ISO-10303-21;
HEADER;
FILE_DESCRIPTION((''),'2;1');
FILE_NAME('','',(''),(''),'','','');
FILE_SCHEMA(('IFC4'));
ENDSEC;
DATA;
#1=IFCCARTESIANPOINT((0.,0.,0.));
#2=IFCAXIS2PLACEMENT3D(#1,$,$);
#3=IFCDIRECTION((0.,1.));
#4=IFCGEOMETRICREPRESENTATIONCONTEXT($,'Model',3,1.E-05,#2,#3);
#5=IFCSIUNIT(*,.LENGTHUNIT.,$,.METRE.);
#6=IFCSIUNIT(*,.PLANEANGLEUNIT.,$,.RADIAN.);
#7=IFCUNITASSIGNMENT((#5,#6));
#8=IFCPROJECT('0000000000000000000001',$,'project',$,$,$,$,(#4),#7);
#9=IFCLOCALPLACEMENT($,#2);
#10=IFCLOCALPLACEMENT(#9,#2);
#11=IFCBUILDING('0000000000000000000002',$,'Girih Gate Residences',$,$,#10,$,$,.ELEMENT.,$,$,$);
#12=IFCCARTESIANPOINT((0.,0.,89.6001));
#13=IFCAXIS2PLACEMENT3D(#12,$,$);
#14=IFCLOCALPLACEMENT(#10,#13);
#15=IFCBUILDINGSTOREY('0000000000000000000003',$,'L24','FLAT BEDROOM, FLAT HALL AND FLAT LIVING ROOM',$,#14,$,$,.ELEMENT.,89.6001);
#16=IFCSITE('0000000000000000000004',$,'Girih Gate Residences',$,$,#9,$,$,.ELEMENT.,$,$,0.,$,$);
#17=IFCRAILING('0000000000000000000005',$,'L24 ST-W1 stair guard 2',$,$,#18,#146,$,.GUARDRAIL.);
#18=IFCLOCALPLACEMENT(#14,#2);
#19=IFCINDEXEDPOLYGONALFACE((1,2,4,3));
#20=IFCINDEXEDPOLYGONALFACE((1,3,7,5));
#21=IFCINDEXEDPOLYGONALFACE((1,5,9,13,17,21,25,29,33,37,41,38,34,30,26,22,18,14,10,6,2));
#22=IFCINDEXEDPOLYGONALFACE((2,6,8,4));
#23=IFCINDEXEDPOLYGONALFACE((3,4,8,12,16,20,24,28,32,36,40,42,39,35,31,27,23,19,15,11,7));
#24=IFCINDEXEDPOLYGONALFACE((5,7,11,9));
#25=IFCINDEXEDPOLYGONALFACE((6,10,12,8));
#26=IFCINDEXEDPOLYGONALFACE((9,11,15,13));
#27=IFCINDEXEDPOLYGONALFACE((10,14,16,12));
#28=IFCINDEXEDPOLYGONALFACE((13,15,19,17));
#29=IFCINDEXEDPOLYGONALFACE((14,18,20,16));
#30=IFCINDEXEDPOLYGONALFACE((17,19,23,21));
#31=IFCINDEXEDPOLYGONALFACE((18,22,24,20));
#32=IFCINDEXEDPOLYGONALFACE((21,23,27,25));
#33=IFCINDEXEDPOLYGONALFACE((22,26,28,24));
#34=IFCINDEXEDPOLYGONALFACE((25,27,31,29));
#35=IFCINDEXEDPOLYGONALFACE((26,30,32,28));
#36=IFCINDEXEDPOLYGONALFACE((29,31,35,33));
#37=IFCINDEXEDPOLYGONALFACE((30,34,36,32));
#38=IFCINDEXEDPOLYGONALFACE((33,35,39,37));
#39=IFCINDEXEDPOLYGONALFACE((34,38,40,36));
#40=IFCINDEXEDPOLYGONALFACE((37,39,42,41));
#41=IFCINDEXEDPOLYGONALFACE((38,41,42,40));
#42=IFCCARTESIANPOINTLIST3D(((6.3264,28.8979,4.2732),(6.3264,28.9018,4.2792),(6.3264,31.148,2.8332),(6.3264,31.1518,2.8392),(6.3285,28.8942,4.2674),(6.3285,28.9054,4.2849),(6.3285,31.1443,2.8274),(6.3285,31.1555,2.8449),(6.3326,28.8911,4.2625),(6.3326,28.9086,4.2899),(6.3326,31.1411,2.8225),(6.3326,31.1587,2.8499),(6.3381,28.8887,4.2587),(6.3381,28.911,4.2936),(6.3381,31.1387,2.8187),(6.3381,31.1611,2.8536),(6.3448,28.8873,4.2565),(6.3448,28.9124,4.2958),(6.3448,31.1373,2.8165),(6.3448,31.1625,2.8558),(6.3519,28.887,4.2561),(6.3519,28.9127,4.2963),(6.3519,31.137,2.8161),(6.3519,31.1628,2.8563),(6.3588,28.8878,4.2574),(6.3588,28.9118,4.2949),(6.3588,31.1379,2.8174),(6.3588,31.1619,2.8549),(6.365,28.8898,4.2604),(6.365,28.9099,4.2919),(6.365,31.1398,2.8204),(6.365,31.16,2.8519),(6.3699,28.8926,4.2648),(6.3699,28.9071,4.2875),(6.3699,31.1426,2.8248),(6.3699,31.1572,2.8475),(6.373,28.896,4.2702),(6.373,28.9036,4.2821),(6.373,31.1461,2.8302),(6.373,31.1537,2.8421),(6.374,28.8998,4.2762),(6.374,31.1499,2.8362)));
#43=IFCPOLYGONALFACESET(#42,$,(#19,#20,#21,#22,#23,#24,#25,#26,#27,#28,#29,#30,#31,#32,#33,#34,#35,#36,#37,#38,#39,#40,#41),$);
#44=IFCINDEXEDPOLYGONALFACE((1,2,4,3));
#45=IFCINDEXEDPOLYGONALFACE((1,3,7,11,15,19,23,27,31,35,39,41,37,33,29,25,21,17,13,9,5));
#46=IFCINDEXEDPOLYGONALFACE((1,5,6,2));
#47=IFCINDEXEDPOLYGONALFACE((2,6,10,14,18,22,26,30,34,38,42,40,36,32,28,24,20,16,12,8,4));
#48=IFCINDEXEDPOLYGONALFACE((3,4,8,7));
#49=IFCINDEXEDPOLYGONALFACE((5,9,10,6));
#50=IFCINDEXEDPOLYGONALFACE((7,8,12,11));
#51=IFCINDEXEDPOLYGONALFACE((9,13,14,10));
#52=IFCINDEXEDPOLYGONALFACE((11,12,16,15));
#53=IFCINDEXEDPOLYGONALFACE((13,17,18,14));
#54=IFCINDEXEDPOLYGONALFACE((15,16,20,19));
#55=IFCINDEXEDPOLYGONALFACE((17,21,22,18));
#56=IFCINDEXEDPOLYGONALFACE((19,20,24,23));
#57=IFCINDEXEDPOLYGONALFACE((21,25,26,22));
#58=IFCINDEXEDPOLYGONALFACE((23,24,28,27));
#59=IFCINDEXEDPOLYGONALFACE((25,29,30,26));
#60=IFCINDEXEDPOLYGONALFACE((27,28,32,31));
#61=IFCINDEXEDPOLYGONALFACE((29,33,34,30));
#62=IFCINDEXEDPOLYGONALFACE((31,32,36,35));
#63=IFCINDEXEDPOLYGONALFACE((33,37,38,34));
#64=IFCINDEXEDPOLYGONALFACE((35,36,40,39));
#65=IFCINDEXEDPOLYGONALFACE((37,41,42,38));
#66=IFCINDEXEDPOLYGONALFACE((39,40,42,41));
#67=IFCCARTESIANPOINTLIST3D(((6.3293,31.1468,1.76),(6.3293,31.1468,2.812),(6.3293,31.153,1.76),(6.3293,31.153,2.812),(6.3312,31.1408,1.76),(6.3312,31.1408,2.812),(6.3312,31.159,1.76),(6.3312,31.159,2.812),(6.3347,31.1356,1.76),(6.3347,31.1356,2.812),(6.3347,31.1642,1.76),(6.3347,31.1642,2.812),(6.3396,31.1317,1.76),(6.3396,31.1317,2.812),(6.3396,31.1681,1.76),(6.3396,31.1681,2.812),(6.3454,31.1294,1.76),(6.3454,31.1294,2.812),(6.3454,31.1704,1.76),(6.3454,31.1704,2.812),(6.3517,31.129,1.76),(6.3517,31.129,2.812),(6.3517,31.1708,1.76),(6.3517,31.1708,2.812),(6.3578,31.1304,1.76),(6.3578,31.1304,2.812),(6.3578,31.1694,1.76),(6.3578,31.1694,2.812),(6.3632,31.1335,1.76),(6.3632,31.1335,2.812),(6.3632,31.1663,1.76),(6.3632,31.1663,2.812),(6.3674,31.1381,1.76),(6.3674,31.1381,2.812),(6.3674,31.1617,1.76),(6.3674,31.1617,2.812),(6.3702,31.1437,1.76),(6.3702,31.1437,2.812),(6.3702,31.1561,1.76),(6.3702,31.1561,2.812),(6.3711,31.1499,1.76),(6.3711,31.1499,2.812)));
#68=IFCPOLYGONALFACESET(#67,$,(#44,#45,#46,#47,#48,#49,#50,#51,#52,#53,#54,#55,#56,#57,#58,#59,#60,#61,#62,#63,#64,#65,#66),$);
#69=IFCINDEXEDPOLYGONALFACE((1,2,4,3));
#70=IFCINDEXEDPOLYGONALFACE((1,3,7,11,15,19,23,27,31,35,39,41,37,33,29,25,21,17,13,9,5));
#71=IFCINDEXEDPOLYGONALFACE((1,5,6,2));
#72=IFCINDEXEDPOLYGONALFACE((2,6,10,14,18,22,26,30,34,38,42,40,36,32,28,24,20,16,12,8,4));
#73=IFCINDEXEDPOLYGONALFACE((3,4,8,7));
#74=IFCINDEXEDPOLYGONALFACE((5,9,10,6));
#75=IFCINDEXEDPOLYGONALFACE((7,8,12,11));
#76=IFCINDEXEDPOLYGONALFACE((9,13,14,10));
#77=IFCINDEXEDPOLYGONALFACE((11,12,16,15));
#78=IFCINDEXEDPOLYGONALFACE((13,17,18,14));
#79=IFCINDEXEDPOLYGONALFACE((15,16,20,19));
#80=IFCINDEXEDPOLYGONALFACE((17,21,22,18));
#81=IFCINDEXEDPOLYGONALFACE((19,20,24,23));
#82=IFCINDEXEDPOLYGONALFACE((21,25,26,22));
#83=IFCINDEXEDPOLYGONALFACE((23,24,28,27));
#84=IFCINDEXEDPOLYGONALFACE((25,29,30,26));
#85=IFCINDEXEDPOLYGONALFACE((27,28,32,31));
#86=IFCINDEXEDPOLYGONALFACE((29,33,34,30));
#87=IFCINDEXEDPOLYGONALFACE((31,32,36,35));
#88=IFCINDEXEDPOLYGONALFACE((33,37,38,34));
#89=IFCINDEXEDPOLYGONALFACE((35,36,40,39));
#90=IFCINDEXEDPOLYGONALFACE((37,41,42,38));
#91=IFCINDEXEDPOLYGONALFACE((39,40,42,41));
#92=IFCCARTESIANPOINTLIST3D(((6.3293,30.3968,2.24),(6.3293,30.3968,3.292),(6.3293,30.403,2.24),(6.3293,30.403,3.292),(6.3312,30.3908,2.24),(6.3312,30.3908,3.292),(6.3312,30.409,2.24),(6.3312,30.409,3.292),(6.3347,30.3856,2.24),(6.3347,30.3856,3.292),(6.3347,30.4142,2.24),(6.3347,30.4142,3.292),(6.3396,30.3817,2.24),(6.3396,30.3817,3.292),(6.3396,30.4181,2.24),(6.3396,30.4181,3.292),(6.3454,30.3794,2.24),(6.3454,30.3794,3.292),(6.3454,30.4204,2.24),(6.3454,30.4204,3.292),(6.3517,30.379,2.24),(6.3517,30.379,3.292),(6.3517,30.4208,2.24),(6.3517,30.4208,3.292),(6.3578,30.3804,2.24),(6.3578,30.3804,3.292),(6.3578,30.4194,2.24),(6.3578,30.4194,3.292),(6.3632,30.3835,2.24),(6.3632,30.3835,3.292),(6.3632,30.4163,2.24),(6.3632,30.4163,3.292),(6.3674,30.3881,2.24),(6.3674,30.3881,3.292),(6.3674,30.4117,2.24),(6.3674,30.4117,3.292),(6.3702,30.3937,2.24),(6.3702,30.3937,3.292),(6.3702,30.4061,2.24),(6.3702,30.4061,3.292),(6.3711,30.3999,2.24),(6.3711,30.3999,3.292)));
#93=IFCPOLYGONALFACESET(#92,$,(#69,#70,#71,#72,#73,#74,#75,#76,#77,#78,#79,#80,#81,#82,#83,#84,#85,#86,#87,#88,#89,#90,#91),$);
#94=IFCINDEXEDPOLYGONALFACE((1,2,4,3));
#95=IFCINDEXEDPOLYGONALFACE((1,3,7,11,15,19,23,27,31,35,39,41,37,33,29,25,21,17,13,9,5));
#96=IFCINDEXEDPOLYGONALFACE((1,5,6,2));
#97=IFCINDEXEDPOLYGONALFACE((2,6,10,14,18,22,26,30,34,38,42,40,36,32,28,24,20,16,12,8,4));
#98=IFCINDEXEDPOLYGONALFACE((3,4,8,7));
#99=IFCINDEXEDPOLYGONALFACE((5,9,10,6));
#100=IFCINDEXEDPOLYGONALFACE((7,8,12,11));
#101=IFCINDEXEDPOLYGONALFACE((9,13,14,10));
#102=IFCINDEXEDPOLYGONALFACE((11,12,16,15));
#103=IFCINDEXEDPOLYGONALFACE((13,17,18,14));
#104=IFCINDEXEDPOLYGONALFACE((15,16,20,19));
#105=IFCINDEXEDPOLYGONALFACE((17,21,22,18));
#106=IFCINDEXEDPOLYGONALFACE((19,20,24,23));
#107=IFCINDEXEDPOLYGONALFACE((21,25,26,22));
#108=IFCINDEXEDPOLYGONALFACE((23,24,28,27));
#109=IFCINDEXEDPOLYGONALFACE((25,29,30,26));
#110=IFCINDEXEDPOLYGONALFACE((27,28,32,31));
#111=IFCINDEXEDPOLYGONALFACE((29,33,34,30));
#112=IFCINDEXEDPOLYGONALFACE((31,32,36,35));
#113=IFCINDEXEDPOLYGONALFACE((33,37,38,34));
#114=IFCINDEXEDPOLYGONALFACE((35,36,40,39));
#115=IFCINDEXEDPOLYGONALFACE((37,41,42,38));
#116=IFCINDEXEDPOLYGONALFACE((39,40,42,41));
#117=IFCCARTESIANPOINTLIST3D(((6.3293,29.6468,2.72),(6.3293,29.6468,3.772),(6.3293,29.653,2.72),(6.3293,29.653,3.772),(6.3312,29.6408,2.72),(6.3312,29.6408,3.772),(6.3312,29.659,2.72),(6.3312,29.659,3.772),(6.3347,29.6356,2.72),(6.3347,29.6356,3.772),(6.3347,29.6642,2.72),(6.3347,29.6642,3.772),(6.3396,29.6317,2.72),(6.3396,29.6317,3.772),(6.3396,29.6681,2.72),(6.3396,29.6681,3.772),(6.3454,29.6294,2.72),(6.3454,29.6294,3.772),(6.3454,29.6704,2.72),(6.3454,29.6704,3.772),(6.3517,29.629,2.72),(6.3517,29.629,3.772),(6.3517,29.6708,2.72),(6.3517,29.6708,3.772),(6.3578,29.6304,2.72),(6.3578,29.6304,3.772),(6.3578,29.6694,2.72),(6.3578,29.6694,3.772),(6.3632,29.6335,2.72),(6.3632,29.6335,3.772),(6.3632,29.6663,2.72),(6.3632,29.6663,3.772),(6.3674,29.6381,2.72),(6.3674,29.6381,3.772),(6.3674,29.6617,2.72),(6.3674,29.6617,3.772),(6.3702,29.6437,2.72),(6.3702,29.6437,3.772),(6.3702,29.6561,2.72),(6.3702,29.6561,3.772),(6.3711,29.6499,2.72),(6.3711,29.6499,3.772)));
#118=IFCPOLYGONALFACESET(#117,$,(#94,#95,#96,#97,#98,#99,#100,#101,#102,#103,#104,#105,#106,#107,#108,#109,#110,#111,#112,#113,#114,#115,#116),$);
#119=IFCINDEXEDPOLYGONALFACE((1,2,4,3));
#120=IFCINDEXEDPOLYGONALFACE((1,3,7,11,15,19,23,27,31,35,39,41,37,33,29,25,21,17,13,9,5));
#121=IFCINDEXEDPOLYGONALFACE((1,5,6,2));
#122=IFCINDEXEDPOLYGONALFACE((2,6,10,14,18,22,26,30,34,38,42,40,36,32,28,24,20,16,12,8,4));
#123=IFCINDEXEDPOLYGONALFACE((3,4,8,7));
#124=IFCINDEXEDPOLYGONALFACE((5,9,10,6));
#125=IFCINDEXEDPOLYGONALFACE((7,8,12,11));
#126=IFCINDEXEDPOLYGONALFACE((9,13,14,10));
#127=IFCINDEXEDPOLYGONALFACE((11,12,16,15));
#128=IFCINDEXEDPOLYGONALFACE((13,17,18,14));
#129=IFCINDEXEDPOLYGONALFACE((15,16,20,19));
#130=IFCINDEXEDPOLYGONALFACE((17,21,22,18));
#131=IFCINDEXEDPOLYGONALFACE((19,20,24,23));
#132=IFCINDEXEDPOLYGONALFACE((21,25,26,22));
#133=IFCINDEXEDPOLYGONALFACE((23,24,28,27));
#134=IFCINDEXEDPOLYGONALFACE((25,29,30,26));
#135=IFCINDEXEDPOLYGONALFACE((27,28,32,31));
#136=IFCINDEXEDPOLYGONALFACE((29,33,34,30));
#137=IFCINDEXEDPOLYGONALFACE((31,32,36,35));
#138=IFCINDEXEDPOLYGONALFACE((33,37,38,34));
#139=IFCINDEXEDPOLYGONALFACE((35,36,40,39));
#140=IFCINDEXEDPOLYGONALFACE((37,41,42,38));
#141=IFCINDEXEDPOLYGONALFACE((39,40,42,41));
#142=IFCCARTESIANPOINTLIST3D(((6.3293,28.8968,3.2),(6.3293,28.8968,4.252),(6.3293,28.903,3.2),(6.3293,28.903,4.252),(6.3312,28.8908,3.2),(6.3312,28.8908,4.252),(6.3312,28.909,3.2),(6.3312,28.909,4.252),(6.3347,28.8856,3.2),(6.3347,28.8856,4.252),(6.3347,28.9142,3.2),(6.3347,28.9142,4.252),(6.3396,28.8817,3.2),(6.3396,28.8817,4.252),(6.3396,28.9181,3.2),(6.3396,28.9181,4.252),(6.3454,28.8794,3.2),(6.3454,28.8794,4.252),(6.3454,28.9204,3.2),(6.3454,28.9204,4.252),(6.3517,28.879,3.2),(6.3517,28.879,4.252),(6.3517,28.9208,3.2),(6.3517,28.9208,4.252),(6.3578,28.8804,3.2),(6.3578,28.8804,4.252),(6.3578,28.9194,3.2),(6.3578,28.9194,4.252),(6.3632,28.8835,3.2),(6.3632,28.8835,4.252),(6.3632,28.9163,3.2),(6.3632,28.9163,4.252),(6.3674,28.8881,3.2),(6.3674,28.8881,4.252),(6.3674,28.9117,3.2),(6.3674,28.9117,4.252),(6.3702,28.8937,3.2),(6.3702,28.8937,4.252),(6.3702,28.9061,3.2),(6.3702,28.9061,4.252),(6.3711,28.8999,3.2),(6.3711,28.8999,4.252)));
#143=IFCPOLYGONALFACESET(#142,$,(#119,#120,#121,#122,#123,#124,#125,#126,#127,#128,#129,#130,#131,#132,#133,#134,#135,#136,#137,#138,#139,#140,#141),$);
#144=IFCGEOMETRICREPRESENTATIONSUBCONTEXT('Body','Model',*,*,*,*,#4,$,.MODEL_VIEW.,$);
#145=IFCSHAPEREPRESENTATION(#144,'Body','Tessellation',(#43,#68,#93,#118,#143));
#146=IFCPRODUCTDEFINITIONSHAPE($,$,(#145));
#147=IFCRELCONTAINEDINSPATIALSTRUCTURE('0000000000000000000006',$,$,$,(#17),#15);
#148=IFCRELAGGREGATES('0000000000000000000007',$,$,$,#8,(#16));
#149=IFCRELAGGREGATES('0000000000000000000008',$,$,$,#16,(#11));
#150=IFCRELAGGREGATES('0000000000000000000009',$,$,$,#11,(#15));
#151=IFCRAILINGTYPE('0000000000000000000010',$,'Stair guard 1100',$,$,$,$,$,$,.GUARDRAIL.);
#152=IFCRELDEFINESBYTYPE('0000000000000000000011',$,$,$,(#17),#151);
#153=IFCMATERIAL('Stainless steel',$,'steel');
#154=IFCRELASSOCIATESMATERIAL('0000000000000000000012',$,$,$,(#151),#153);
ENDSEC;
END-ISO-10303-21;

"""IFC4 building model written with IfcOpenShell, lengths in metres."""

from ifc_helpers import new_model, si_unit, direction, frame, origin, origin_2d, place, context, subcontext, project, spatial, circle, extrude, material, type_object, element, save


model = new_model("IFC4")

# Units and contexts
model_context = context("Model", 3, precision=1e-05, world=origin(), true_north=direction((0.0, 1.0)))
body_context = subcontext(model_context, "Body", "Model", "MODEL_VIEW")
ifc_project = project(units=[si_unit("LENGTHUNIT", "METRE"), si_unit("PLANEANGLEUNIT", "RADIAN")], contexts=[model_context])

# Site, building, storey
site_placement = place(None, origin())
site = spatial("IfcSite", under=ifc_project, at=site_placement, Name="Girih Gate Residences", CompositionType="ELEMENT", RefElevation=0.0)
building_placement = place(site_placement, origin())
building = spatial("IfcBuilding", under=site, at=building_placement, Name="Girih Gate Residences", CompositionType="ELEMENT")
storey_placement = place(building_placement, frame((0.0, 0.0, 89.6001)))
storey = spatial("IfcBuildingStorey", under=building, at=storey_placement, Name="L24", Description="FLAT BEDROOM, FLAT HALL AND FLAT LIVING ROOM", CompositionType="ELEMENT", Elevation=89.6001)

# Railing
ifc_material_1 = material(Name="Stainless steel", Category="steel")
railing_type_1 = type_object("IfcRailingType", Name="Stair guard 1100", PredefinedType="GUARDRAIL", material=ifc_material_1)
railing_1_placement = place(storey_placement, frame((6.3501, 31.1499, 1.76)))
element("IfcRailing", 1, at=railing_1_placement, inside=storey, type_object=railing_type_1, Name="L24 ST-W1 stair guard 2", PredefinedType="GUARDRAIL", context=body_context, shape_type="SweptSolid", body=[
    extrude(circle(Radius=0.0239, at=origin_2d()), frame((0.0, 0.0, 1.0762), z_axis=(0.0, -0.842281, 0.539038), x_axis=(1.0, 0.0, 0.0)), (0.0, 0.0, 1.0), 2.6714),
    extrude(circle(Radius=0.021, at=origin_2d()), origin(), (0.0, 0.0, 1.0), 1.052),
    extrude(circle(Radius=0.021, at=origin_2d()), frame((0.0, -0.75, 0.48)), (0.0, 0.0, 1.0), 1.052),
    extrude(circle(Radius=0.021, at=origin_2d()), frame((0.0, -1.5, 0.96)), (0.0, 0.0, 1.0), 1.052),
    extrude(circle(Radius=0.021, at=origin_2d()), frame((0.0, -2.25, 1.4399)), (0.0, 0.0, 1.0), 1.052),
])

save(model, "model.ifc")
